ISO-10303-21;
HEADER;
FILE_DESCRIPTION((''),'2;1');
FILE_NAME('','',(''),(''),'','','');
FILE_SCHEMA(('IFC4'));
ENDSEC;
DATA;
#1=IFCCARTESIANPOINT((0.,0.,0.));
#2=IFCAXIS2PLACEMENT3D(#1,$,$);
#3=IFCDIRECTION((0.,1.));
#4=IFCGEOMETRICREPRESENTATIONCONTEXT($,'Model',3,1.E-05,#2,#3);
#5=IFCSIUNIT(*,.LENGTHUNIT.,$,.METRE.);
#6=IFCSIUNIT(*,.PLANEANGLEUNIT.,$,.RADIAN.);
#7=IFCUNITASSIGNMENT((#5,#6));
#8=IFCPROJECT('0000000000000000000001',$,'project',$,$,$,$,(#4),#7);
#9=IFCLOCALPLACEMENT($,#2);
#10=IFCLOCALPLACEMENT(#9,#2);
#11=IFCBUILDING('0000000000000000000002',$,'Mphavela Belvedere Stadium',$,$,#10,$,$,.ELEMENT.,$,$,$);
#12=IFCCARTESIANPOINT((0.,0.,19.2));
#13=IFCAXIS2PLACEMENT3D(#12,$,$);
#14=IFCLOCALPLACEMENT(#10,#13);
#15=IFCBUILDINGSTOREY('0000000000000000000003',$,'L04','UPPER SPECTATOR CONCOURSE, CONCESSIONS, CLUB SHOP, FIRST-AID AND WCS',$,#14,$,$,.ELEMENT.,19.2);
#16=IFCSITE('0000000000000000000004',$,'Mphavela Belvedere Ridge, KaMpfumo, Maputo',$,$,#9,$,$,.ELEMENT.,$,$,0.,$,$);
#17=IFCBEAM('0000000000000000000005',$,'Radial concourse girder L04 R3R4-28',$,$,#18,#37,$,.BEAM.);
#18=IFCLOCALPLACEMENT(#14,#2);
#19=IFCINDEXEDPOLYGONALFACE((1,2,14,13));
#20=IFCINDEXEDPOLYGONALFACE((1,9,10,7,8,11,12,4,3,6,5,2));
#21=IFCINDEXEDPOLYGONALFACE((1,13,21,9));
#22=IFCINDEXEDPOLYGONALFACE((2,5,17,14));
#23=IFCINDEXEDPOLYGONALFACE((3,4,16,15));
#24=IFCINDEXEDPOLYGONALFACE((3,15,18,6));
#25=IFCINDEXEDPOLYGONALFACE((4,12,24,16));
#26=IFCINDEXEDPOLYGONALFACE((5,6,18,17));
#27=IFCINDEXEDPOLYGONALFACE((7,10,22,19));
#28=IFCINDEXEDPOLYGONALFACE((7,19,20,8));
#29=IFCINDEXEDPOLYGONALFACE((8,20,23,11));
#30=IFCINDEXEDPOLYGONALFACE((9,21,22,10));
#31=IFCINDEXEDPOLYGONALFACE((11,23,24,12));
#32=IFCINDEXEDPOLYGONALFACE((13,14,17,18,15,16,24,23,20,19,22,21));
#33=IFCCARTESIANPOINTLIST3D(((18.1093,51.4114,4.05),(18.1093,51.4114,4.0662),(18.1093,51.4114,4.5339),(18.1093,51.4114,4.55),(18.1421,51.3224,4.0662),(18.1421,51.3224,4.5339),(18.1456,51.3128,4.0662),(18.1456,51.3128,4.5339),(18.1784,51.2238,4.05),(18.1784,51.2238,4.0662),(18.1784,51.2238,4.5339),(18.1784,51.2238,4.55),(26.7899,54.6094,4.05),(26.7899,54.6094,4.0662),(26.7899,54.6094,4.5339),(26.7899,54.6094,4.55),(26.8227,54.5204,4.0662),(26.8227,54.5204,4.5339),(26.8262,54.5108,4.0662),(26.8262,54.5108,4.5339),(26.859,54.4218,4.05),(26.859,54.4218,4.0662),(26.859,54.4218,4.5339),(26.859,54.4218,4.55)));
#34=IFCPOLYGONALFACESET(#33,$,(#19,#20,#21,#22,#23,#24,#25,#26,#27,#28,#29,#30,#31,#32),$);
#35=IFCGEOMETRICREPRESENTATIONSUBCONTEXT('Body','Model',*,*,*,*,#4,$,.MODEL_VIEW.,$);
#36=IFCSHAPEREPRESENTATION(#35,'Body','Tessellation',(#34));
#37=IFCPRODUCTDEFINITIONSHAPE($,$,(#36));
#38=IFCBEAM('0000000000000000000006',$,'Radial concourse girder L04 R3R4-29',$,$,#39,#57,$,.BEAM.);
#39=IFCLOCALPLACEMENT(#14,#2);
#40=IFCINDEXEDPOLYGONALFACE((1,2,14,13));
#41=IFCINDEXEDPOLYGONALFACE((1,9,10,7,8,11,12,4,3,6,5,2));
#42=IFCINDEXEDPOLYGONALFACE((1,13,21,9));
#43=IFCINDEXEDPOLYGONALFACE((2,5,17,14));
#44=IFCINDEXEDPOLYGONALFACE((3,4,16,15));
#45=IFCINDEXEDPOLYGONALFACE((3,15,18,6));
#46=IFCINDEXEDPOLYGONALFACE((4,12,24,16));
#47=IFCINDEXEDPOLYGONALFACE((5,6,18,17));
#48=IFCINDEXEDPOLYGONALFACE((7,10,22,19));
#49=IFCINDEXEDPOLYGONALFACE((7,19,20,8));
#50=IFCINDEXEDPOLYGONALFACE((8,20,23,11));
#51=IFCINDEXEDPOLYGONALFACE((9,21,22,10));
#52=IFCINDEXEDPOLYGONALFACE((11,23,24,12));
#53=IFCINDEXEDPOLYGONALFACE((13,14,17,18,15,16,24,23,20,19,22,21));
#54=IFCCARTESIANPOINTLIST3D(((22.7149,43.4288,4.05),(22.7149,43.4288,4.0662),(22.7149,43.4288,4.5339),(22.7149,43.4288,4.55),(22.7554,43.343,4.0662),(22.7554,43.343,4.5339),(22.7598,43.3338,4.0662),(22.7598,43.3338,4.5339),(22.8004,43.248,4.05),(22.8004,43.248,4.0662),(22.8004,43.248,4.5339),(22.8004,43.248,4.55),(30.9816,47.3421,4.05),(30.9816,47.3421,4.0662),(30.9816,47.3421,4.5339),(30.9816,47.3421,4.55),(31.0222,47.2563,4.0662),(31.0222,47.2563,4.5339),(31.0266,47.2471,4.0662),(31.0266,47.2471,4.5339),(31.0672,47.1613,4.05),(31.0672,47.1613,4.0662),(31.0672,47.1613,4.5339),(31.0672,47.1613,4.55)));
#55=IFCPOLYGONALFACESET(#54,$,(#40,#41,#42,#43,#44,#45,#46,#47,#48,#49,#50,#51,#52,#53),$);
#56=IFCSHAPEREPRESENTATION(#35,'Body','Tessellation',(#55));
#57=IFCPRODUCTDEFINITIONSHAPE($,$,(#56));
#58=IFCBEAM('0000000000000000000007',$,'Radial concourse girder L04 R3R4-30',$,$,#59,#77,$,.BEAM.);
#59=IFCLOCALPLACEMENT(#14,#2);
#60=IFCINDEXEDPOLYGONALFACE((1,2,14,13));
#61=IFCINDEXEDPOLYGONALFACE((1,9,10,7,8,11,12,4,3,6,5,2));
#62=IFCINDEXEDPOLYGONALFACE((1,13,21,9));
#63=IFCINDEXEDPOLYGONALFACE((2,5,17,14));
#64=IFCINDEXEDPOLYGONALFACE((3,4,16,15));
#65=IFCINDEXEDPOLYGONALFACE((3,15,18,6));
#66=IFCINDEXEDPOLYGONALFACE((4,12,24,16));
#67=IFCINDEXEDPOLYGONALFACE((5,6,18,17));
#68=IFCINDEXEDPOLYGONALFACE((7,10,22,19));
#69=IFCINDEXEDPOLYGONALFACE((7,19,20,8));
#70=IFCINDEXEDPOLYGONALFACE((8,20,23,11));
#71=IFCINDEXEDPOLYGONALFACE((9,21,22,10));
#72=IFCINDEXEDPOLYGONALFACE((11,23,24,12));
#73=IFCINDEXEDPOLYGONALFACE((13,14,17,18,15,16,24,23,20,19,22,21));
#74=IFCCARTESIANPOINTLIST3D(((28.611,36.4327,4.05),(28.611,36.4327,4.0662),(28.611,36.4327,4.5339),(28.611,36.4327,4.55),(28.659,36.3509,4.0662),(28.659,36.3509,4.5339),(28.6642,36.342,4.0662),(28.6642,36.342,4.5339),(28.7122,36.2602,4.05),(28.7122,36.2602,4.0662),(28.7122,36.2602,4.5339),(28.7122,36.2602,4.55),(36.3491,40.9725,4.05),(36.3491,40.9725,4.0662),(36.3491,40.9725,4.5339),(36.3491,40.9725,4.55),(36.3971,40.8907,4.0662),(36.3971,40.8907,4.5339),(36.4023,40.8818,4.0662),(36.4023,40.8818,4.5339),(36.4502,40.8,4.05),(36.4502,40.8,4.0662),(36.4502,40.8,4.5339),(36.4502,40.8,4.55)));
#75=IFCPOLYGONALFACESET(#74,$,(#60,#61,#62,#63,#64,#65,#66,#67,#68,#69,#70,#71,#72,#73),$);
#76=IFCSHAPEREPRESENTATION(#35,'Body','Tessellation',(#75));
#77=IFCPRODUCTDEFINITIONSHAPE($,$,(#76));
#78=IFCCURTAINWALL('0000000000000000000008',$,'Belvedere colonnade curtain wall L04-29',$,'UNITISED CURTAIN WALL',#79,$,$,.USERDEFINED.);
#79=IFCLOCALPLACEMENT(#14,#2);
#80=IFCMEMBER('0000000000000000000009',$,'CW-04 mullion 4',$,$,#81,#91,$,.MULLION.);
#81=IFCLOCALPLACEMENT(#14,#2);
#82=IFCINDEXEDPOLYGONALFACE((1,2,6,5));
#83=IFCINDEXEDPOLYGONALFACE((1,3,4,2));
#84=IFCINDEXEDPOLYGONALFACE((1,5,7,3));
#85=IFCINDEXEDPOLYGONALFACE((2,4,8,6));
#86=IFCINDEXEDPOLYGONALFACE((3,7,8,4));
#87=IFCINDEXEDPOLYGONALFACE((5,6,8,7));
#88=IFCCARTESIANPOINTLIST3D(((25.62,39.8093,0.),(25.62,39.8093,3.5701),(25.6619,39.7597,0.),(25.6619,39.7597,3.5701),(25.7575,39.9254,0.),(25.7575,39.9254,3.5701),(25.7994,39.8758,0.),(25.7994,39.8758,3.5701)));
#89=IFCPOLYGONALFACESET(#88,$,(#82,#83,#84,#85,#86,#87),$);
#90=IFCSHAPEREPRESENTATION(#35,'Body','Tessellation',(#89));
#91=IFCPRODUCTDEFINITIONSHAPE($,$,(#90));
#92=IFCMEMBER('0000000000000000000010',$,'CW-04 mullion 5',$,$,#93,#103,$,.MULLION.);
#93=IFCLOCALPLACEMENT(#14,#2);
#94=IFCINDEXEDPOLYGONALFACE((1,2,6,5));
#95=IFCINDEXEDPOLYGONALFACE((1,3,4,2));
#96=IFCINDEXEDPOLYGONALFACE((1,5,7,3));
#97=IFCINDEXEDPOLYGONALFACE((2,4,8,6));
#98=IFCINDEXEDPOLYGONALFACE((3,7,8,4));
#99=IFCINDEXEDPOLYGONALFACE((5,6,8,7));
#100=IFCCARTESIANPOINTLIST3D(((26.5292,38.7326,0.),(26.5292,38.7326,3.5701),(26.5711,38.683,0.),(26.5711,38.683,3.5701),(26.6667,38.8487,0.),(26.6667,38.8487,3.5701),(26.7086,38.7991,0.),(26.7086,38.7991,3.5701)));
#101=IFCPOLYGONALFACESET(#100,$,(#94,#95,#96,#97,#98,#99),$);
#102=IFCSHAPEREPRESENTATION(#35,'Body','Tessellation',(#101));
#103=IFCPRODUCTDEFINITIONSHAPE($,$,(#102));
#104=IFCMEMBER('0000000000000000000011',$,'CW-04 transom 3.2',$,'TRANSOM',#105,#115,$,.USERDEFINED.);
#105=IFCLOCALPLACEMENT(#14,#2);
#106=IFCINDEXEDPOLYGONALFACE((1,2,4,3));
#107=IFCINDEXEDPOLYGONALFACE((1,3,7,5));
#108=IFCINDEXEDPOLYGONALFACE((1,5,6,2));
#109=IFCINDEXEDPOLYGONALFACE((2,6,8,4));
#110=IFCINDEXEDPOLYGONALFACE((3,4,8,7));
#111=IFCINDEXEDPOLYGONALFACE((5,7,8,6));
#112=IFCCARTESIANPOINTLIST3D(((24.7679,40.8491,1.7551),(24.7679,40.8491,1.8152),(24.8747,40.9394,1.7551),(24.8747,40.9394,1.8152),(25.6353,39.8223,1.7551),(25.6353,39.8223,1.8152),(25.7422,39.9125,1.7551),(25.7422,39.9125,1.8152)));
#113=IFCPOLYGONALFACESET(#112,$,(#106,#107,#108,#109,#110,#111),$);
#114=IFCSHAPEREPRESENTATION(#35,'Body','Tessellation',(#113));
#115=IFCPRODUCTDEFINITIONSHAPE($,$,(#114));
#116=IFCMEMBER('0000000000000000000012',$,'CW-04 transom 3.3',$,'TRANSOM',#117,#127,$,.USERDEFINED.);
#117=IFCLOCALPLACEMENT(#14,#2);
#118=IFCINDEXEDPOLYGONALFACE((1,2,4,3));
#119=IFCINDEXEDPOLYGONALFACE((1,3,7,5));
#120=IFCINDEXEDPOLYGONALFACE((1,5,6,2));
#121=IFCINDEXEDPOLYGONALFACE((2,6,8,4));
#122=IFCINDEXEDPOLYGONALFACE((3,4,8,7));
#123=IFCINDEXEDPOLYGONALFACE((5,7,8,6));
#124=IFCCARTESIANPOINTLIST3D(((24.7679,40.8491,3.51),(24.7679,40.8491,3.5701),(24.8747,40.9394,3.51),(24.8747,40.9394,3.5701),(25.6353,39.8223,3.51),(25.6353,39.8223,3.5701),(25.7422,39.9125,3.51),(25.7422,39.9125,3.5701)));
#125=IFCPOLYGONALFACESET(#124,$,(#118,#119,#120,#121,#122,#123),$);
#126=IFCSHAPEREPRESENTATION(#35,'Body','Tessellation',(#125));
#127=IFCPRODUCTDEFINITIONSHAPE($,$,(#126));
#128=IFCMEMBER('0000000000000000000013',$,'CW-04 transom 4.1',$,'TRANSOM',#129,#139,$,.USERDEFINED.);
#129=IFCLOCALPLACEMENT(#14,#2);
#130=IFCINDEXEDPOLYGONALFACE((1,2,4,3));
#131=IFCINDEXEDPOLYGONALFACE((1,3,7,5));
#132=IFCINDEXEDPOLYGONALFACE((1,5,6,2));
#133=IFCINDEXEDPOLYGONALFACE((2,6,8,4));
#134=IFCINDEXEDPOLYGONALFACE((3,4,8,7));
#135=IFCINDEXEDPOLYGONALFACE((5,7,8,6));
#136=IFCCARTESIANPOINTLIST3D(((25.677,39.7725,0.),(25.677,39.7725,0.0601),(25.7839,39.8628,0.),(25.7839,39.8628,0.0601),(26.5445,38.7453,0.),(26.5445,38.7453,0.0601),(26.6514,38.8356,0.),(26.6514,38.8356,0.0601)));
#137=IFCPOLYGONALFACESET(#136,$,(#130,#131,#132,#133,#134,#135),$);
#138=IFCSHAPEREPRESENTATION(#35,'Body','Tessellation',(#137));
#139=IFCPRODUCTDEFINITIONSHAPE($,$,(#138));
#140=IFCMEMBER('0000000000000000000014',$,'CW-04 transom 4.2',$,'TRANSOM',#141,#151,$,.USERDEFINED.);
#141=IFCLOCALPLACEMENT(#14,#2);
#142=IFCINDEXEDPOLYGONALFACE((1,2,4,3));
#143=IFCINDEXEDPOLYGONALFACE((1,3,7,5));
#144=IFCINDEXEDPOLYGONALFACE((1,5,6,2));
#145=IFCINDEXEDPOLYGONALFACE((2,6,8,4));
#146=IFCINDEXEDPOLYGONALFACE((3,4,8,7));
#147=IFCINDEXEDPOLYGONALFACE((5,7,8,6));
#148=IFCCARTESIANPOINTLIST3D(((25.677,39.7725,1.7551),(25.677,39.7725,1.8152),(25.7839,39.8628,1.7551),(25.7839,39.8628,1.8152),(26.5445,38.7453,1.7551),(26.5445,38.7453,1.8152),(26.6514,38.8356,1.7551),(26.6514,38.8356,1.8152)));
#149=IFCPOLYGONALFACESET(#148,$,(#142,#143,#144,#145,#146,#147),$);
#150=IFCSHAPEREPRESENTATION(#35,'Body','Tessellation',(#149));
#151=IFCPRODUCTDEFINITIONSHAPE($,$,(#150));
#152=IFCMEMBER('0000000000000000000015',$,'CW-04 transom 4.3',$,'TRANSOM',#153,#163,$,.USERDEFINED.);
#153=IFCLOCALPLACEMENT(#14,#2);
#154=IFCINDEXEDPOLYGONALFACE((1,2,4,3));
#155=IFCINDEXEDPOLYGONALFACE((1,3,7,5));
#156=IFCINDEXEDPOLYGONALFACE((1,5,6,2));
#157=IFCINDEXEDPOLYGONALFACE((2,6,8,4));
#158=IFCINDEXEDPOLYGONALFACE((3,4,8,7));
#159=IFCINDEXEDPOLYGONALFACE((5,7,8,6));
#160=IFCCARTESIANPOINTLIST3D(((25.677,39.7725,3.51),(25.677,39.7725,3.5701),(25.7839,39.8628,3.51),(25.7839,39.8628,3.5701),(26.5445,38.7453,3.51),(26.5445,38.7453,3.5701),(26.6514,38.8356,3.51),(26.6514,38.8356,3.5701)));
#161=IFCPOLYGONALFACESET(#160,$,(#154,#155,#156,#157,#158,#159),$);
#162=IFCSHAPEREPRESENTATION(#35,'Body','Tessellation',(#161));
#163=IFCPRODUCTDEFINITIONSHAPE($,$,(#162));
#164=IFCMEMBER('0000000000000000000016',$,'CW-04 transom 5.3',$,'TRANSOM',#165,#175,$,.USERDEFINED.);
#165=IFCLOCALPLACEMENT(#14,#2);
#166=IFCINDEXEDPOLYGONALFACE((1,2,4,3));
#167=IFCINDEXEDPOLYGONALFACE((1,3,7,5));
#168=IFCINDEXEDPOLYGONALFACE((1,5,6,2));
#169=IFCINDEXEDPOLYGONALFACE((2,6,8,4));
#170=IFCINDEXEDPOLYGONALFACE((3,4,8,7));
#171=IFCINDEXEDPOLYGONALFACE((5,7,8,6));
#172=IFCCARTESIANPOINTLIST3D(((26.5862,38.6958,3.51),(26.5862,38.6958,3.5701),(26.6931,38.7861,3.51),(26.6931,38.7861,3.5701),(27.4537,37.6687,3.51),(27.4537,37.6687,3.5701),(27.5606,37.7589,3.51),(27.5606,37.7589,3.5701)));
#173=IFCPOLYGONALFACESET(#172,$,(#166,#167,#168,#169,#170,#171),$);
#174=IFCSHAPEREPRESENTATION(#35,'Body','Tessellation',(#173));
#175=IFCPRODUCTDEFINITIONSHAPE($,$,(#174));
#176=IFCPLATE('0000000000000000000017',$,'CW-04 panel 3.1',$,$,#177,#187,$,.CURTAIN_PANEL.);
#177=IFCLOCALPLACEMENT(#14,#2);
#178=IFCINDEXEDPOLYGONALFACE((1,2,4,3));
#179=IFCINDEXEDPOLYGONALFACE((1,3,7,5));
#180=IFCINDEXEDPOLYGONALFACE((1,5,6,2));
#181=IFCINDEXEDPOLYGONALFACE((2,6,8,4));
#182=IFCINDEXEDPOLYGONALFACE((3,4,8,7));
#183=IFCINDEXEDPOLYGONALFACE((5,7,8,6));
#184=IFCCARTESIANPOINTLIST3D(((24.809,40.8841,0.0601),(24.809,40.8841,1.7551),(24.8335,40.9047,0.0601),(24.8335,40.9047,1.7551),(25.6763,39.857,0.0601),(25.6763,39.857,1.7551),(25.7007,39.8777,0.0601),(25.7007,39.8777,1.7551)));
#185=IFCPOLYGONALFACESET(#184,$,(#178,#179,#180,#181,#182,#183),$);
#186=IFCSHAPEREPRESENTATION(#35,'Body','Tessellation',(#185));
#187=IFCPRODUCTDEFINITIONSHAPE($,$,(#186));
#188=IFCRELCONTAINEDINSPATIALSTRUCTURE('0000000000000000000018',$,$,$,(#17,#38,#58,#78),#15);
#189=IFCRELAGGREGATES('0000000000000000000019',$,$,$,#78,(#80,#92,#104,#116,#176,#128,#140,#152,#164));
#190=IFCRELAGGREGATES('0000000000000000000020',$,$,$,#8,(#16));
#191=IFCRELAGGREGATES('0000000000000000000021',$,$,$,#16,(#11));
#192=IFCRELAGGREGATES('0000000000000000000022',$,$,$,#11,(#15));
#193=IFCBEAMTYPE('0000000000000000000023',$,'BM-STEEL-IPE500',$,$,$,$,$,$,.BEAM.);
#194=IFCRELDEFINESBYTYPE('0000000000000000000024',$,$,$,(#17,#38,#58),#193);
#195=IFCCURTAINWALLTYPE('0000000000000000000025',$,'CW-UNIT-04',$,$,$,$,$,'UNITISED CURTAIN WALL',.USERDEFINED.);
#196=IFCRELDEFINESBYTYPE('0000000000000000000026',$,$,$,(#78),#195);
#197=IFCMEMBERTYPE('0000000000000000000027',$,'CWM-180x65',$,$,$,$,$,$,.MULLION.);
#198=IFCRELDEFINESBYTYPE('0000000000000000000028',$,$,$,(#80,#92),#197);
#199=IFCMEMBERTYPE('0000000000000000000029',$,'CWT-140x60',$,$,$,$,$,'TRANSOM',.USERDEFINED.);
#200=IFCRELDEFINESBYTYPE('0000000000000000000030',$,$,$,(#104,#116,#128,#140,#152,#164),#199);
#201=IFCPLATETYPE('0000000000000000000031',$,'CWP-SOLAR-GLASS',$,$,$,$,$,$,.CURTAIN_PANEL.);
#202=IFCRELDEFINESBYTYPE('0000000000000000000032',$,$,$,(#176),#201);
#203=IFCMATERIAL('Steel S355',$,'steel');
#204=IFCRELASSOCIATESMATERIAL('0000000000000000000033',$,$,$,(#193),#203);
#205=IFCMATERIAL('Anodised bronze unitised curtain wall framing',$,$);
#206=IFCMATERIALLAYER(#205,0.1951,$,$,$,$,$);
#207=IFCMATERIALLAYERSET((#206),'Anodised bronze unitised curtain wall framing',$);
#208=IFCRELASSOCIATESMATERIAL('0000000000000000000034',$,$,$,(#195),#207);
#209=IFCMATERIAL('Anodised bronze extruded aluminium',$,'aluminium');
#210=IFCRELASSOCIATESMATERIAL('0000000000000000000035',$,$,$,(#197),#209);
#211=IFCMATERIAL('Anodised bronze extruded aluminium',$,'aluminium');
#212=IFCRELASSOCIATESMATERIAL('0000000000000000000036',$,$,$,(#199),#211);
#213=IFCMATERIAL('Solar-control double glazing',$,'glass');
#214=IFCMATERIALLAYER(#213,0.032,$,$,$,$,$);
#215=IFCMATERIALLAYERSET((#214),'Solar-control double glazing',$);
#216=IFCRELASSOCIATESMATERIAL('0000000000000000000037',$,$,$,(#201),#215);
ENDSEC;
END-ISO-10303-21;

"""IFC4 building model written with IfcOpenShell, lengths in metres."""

from ifc_helpers import new_model, si_unit, direction, frame, origin, origin_2d, place, context, subcontext, project, spatial, rectangle, i_section, extrude, material, layer, layer_set, material_profile, profile_set, type_object, element, aggregate, save


model = new_model("IFC4")

# Units and contexts
model_context = context("Model", 3, precision=1e-05, world=origin(), true_north=direction((0.0, 1.0)))
body_context = subcontext(model_context, "Body", "Model", "MODEL_VIEW")
ifc_project = project(units=[si_unit("LENGTHUNIT", "METRE"), si_unit("PLANEANGLEUNIT", "RADIAN")], contexts=[model_context])

# Site, building, storey
site_placement = place(None, origin())
site = spatial("IfcSite", under=ifc_project, at=site_placement, Name="Mphavela Belvedere Ridge, KaMpfumo, Maputo", CompositionType="ELEMENT", RefElevation=0.0)
building_placement = place(site_placement, origin())
building = spatial("IfcBuilding", under=site, at=building_placement, Name="Mphavela Belvedere Stadium", CompositionType="ELEMENT")
storey_placement = place(building_placement, frame((0.0, 0.0, 19.2)))
storey = spatial("IfcBuildingStorey", under=building, at=storey_placement, Name="L04", Description="UPPER SPECTATOR CONCOURSE, CONCESSIONS, CLUB SHOP, FIRST-AID AND WCS", CompositionType="ELEMENT", Elevation=19.2)

# Beams
ifc_material_1 = material(Name="Steel S355", Category="steel")
ifc_material_profile_1 = material_profile(ifc_material_1, i_section(OverallWidth=0.2, OverallDepth=0.5, WebThickness=0.0103, FlangeThickness=0.0161, at=origin_2d()), Name="IPE 500")
ifc_profile_set_1 = profile_set([ifc_material_profile_1], Name="Steel S355")
beam_type_1 = type_object("IfcBeamType", Name="BM-STEEL-IPE500", PredefinedType="BEAM", material=ifc_profile_set_1)
beam_1_placement = place(storey_placement, frame((26.8245, 54.5156, 4.3), z_axis=(-0.938348, -0.345692, 0.0), x_axis=(0.345692, -0.938348, 0.0)))
element("IfcBeam", 1, at=beam_1_placement, inside=storey, type_object=beam_type_1, Name="Radial concourse girder L04 R3R4-28", PredefinedType="BEAM", context=body_context, shape_type="SweptSolid", body=[
    extrude(i_section(OverallWidth=0.2, OverallDepth=0.5, WebThickness=0.0103, FlangeThickness=0.0161, at=origin_2d()), origin(), (0.0, 0.0, 1.0), 9.251),
])
beam_2_placement = place(storey_placement, frame((31.0244, 47.2517, 4.3), z_axis=(-0.903845, -0.427859, 0.0), x_axis=(0.427859, -0.903845, 0.0)))
element("IfcBeam", 2, at=beam_2_placement, inside=storey, type_object=beam_type_1, Name="Radial concourse girder L04 R3R4-29", PredefinedType="BEAM", context=body_context, shape_type="SweptSolid", body=[
    extrude(i_section(OverallWidth=0.2, OverallDepth=0.5, WebThickness=0.0103, FlangeThickness=0.0161, at=origin_2d()), origin(), (0.0, 0.0, 1.0), 9.1462),
])
beam_3_placement = place(storey_placement, frame((36.3997, 40.8862, 4.3), z_axis=(-0.862518, -0.506027, 0.0), x_axis=(0.506027, -0.862518, 0.0)))
element("IfcBeam", 3, at=beam_3_placement, inside=storey, type_object=beam_type_1, Name="Radial concourse girder L04 R3R4-30", PredefinedType="BEAM", context=body_context, shape_type="SweptSolid", body=[
    extrude(i_section(OverallWidth=0.2, OverallDepth=0.5, WebThickness=0.0103, FlangeThickness=0.0161, at=origin_2d()), origin(), (0.0, 0.0, 1.0), 8.9714),
])

# Curtain wall, members, plate
ifc_material_2 = material(Name="Anodised bronze unitised curtain wall framing")
ifc_layer_1 = layer(ifc_material_2, 0.1951)
ifc_layer_set_1 = layer_set([ifc_layer_1], Name="Anodised bronze unitised curtain wall framing")
curtain_wall_type = type_object("IfcCurtainWallType", Name="CW-UNIT-04", ElementType="UNITISED CURTAIN WALL", PredefinedType="USERDEFINED", material=ifc_layer_set_1)
curtain_wall_placement = place(storey_placement, origin())
curtain_wall = element("IfcCurtainWall", 4, at=curtain_wall_placement, inside=storey, type_object=curtain_wall_type, Name="Belvedere colonnade curtain wall L04-29", ObjectType="UNITISED CURTAIN WALL", PredefinedType="USERDEFINED")
ifc_material_3 = material(Name="Anodised bronze extruded aluminium", Category="aluminium")
ifc_material_profile_2 = material_profile(ifc_material_3, rectangle(XDim=0.1799, YDim=0.0649, at=origin_2d()), Name="CW-MUL 180x65")
ifc_profile_set_2 = profile_set([ifc_material_profile_2], Name="Anodised bronze extruded aluminium")
member_type_1 = type_object("IfcMemberType", Name="CWM-180x65", PredefinedType="MULLION", material=ifc_profile_set_2)
member_1_placement = place(storey_placement, frame((25.7097, 39.8425, 0.0), z_axis=(0.0, 0.0, 1.0), x_axis=(0.764035, 0.645175, 0.0)))
member_1 = element("IfcMember", 5, at=member_1_placement, type_object=member_type_1, Name="CW-04 mullion 4", PredefinedType="MULLION", context=body_context, shape_type="SweptSolid", body=[
    extrude(rectangle(XDim=0.1799, YDim=0.0649, at=origin_2d()), origin(), (0.0, 0.0, 1.0), 3.5701),
])
member_2_placement = place(storey_placement, frame((26.6189, 38.7659, 0.0), z_axis=(0.0, 0.0, 1.0), x_axis=(0.764035, 0.645175, 0.0)))
member_2 = element("IfcMember", 6, at=member_2_placement, type_object=member_type_1, Name="CW-04 mullion 5", PredefinedType="MULLION", context=body_context, shape_type="SweptSolid", body=[
    extrude(rectangle(XDim=0.1799, YDim=0.0649, at=origin_2d()), origin(), (0.0, 0.0, 1.0), 3.5701),
])
ifc_material_4 = material(Name="Anodised bronze extruded aluminium", Category="aluminium")
ifc_material_profile_3 = material_profile(ifc_material_4, rectangle(XDim=0.1399, YDim=0.0601, at=origin_2d()), Name="CW-TRN 140x60")
ifc_profile_set_3 = profile_set([ifc_material_profile_3], Name="Anodised bronze extruded aluminium")
member_type_2 = type_object("IfcMemberType", Name="CWT-140x60", ElementType="TRANSOM", PredefinedType="USERDEFINED", material=ifc_profile_set_3)
member_3_placement = place(storey_placement, frame((24.8213, 40.8943, 1.7852), z_axis=(0.645315, -0.763916, 0.0), x_axis=(0.763916, 0.645315, 0.0)))
member_3 = element("IfcMember", 7, at=member_3_placement, type_object=member_type_2, Name="CW-04 transom 3.2", ObjectType="TRANSOM", PredefinedType="USERDEFINED", context=body_context, shape_type="SweptSolid", body=[
    extrude(rectangle(XDim=0.1399, YDim=0.0601, at=origin_2d()), origin(), (0.0, 0.0, 1.0), 1.3442),
])
member_4_placement = place(storey_placement, frame((24.8213, 40.8943, 3.54), z_axis=(0.645315, -0.763916, 0.0), x_axis=(0.763916, 0.645315, 0.0)))
member_4 = element("IfcMember", 8, at=member_4_placement, type_object=member_type_2, Name="CW-04 transom 3.3", ObjectType="TRANSOM", PredefinedType="USERDEFINED", context=body_context, shape_type="SweptSolid", body=[
    extrude(rectangle(XDim=0.1399, YDim=0.0601, at=origin_2d()), origin(), (0.0, 0.0, 1.0), 1.3442),
])
member_5_placement = place(storey_placement, frame((25.7305, 39.8176, 0.03), z_axis=(0.645226, -0.763992, 0.0), x_axis=(0.763992, 0.645226, 0.0)))
member_5 = element("IfcMember", 9, at=member_5_placement, type_object=member_type_2, Name="CW-04 transom 4.1", ObjectType="TRANSOM", PredefinedType="USERDEFINED", context=body_context, shape_type="SweptSolid", body=[
    extrude(rectangle(XDim=0.1399, YDim=0.0601, at=origin_2d()), origin(), (0.0, 0.0, 1.0), 1.3445),
])
member_6_placement = place(storey_placement, frame((25.7305, 39.8176, 1.7852), z_axis=(0.645226, -0.763992, 0.0), x_axis=(0.763992, 0.645226, 0.0)))
member_6 = element("IfcMember", 10, at=member_6_placement, type_object=member_type_2, Name="CW-04 transom 4.2", ObjectType="TRANSOM", PredefinedType="USERDEFINED", context=body_context, shape_type="SweptSolid", body=[
    extrude(rectangle(XDim=0.1399, YDim=0.0601, at=origin_2d()), origin(), (0.0, 0.0, 1.0), 1.3445),
])
member_7_placement = place(storey_placement, frame((25.7305, 39.8176, 3.54), z_axis=(0.645226, -0.763992, 0.0), x_axis=(0.763992, 0.645226, 0.0)))
member_7 = element("IfcMember", 11, at=member_7_placement, type_object=member_type_2, Name="CW-04 transom 4.3", ObjectType="TRANSOM", PredefinedType="USERDEFINED", context=body_context, shape_type="SweptSolid", body=[
    extrude(rectangle(XDim=0.1399, YDim=0.0601, at=origin_2d()), origin(), (0.0, 0.0, 1.0), 1.3445),
])
member_8_placement = place(storey_placement, frame((26.6396, 38.741, 3.54), z_axis=(0.645226, -0.763992, 0.0), x_axis=(0.763992, 0.645226, 0.0)))
member_8 = element("IfcMember", 12, at=member_8_placement, type_object=member_type_2, Name="CW-04 transom 5.3", ObjectType="TRANSOM", PredefinedType="USERDEFINED", context=body_context, shape_type="SweptSolid", body=[
    extrude(rectangle(XDim=0.1399, YDim=0.0601, at=origin_2d()), origin(), (0.0, 0.0, 1.0), 1.3445),
])
ifc_material_5 = material(Name="Solar-control double glazing", Category="glass")
ifc_layer_2 = layer(ifc_material_5, 0.032)
ifc_layer_set_2 = layer_set([ifc_layer_2], Name="Solar-control double glazing")
plate_type = type_object("IfcPlateType", Name="CWP-SOLAR-GLASS", PredefinedType="CURTAIN_PANEL", material=ifc_layer_set_2)
plate_1_placement = place(storey_placement, frame((25.2549, 40.3809, 0.0601), z_axis=(0.0, 0.0, 1.0), x_axis=(0.645175, -0.764035, 0.0)))
plate_1 = element("IfcPlate", 13, at=plate_1_placement, type_object=plate_type, Name="CW-04 panel 3.1", PredefinedType="CURTAIN_PANEL", context=body_context, shape_type="SweptSolid", body=[
    extrude(rectangle(XDim=1.3442, YDim=0.032, at=origin_2d()), origin(), (0.0, 0.0, 1.0), 1.6951),
])
aggregate(curtain_wall, [member_1, member_2, member_3, member_4, plate_1, member_5, member_6, member_7, member_8])

save(model, "model.ifc")
